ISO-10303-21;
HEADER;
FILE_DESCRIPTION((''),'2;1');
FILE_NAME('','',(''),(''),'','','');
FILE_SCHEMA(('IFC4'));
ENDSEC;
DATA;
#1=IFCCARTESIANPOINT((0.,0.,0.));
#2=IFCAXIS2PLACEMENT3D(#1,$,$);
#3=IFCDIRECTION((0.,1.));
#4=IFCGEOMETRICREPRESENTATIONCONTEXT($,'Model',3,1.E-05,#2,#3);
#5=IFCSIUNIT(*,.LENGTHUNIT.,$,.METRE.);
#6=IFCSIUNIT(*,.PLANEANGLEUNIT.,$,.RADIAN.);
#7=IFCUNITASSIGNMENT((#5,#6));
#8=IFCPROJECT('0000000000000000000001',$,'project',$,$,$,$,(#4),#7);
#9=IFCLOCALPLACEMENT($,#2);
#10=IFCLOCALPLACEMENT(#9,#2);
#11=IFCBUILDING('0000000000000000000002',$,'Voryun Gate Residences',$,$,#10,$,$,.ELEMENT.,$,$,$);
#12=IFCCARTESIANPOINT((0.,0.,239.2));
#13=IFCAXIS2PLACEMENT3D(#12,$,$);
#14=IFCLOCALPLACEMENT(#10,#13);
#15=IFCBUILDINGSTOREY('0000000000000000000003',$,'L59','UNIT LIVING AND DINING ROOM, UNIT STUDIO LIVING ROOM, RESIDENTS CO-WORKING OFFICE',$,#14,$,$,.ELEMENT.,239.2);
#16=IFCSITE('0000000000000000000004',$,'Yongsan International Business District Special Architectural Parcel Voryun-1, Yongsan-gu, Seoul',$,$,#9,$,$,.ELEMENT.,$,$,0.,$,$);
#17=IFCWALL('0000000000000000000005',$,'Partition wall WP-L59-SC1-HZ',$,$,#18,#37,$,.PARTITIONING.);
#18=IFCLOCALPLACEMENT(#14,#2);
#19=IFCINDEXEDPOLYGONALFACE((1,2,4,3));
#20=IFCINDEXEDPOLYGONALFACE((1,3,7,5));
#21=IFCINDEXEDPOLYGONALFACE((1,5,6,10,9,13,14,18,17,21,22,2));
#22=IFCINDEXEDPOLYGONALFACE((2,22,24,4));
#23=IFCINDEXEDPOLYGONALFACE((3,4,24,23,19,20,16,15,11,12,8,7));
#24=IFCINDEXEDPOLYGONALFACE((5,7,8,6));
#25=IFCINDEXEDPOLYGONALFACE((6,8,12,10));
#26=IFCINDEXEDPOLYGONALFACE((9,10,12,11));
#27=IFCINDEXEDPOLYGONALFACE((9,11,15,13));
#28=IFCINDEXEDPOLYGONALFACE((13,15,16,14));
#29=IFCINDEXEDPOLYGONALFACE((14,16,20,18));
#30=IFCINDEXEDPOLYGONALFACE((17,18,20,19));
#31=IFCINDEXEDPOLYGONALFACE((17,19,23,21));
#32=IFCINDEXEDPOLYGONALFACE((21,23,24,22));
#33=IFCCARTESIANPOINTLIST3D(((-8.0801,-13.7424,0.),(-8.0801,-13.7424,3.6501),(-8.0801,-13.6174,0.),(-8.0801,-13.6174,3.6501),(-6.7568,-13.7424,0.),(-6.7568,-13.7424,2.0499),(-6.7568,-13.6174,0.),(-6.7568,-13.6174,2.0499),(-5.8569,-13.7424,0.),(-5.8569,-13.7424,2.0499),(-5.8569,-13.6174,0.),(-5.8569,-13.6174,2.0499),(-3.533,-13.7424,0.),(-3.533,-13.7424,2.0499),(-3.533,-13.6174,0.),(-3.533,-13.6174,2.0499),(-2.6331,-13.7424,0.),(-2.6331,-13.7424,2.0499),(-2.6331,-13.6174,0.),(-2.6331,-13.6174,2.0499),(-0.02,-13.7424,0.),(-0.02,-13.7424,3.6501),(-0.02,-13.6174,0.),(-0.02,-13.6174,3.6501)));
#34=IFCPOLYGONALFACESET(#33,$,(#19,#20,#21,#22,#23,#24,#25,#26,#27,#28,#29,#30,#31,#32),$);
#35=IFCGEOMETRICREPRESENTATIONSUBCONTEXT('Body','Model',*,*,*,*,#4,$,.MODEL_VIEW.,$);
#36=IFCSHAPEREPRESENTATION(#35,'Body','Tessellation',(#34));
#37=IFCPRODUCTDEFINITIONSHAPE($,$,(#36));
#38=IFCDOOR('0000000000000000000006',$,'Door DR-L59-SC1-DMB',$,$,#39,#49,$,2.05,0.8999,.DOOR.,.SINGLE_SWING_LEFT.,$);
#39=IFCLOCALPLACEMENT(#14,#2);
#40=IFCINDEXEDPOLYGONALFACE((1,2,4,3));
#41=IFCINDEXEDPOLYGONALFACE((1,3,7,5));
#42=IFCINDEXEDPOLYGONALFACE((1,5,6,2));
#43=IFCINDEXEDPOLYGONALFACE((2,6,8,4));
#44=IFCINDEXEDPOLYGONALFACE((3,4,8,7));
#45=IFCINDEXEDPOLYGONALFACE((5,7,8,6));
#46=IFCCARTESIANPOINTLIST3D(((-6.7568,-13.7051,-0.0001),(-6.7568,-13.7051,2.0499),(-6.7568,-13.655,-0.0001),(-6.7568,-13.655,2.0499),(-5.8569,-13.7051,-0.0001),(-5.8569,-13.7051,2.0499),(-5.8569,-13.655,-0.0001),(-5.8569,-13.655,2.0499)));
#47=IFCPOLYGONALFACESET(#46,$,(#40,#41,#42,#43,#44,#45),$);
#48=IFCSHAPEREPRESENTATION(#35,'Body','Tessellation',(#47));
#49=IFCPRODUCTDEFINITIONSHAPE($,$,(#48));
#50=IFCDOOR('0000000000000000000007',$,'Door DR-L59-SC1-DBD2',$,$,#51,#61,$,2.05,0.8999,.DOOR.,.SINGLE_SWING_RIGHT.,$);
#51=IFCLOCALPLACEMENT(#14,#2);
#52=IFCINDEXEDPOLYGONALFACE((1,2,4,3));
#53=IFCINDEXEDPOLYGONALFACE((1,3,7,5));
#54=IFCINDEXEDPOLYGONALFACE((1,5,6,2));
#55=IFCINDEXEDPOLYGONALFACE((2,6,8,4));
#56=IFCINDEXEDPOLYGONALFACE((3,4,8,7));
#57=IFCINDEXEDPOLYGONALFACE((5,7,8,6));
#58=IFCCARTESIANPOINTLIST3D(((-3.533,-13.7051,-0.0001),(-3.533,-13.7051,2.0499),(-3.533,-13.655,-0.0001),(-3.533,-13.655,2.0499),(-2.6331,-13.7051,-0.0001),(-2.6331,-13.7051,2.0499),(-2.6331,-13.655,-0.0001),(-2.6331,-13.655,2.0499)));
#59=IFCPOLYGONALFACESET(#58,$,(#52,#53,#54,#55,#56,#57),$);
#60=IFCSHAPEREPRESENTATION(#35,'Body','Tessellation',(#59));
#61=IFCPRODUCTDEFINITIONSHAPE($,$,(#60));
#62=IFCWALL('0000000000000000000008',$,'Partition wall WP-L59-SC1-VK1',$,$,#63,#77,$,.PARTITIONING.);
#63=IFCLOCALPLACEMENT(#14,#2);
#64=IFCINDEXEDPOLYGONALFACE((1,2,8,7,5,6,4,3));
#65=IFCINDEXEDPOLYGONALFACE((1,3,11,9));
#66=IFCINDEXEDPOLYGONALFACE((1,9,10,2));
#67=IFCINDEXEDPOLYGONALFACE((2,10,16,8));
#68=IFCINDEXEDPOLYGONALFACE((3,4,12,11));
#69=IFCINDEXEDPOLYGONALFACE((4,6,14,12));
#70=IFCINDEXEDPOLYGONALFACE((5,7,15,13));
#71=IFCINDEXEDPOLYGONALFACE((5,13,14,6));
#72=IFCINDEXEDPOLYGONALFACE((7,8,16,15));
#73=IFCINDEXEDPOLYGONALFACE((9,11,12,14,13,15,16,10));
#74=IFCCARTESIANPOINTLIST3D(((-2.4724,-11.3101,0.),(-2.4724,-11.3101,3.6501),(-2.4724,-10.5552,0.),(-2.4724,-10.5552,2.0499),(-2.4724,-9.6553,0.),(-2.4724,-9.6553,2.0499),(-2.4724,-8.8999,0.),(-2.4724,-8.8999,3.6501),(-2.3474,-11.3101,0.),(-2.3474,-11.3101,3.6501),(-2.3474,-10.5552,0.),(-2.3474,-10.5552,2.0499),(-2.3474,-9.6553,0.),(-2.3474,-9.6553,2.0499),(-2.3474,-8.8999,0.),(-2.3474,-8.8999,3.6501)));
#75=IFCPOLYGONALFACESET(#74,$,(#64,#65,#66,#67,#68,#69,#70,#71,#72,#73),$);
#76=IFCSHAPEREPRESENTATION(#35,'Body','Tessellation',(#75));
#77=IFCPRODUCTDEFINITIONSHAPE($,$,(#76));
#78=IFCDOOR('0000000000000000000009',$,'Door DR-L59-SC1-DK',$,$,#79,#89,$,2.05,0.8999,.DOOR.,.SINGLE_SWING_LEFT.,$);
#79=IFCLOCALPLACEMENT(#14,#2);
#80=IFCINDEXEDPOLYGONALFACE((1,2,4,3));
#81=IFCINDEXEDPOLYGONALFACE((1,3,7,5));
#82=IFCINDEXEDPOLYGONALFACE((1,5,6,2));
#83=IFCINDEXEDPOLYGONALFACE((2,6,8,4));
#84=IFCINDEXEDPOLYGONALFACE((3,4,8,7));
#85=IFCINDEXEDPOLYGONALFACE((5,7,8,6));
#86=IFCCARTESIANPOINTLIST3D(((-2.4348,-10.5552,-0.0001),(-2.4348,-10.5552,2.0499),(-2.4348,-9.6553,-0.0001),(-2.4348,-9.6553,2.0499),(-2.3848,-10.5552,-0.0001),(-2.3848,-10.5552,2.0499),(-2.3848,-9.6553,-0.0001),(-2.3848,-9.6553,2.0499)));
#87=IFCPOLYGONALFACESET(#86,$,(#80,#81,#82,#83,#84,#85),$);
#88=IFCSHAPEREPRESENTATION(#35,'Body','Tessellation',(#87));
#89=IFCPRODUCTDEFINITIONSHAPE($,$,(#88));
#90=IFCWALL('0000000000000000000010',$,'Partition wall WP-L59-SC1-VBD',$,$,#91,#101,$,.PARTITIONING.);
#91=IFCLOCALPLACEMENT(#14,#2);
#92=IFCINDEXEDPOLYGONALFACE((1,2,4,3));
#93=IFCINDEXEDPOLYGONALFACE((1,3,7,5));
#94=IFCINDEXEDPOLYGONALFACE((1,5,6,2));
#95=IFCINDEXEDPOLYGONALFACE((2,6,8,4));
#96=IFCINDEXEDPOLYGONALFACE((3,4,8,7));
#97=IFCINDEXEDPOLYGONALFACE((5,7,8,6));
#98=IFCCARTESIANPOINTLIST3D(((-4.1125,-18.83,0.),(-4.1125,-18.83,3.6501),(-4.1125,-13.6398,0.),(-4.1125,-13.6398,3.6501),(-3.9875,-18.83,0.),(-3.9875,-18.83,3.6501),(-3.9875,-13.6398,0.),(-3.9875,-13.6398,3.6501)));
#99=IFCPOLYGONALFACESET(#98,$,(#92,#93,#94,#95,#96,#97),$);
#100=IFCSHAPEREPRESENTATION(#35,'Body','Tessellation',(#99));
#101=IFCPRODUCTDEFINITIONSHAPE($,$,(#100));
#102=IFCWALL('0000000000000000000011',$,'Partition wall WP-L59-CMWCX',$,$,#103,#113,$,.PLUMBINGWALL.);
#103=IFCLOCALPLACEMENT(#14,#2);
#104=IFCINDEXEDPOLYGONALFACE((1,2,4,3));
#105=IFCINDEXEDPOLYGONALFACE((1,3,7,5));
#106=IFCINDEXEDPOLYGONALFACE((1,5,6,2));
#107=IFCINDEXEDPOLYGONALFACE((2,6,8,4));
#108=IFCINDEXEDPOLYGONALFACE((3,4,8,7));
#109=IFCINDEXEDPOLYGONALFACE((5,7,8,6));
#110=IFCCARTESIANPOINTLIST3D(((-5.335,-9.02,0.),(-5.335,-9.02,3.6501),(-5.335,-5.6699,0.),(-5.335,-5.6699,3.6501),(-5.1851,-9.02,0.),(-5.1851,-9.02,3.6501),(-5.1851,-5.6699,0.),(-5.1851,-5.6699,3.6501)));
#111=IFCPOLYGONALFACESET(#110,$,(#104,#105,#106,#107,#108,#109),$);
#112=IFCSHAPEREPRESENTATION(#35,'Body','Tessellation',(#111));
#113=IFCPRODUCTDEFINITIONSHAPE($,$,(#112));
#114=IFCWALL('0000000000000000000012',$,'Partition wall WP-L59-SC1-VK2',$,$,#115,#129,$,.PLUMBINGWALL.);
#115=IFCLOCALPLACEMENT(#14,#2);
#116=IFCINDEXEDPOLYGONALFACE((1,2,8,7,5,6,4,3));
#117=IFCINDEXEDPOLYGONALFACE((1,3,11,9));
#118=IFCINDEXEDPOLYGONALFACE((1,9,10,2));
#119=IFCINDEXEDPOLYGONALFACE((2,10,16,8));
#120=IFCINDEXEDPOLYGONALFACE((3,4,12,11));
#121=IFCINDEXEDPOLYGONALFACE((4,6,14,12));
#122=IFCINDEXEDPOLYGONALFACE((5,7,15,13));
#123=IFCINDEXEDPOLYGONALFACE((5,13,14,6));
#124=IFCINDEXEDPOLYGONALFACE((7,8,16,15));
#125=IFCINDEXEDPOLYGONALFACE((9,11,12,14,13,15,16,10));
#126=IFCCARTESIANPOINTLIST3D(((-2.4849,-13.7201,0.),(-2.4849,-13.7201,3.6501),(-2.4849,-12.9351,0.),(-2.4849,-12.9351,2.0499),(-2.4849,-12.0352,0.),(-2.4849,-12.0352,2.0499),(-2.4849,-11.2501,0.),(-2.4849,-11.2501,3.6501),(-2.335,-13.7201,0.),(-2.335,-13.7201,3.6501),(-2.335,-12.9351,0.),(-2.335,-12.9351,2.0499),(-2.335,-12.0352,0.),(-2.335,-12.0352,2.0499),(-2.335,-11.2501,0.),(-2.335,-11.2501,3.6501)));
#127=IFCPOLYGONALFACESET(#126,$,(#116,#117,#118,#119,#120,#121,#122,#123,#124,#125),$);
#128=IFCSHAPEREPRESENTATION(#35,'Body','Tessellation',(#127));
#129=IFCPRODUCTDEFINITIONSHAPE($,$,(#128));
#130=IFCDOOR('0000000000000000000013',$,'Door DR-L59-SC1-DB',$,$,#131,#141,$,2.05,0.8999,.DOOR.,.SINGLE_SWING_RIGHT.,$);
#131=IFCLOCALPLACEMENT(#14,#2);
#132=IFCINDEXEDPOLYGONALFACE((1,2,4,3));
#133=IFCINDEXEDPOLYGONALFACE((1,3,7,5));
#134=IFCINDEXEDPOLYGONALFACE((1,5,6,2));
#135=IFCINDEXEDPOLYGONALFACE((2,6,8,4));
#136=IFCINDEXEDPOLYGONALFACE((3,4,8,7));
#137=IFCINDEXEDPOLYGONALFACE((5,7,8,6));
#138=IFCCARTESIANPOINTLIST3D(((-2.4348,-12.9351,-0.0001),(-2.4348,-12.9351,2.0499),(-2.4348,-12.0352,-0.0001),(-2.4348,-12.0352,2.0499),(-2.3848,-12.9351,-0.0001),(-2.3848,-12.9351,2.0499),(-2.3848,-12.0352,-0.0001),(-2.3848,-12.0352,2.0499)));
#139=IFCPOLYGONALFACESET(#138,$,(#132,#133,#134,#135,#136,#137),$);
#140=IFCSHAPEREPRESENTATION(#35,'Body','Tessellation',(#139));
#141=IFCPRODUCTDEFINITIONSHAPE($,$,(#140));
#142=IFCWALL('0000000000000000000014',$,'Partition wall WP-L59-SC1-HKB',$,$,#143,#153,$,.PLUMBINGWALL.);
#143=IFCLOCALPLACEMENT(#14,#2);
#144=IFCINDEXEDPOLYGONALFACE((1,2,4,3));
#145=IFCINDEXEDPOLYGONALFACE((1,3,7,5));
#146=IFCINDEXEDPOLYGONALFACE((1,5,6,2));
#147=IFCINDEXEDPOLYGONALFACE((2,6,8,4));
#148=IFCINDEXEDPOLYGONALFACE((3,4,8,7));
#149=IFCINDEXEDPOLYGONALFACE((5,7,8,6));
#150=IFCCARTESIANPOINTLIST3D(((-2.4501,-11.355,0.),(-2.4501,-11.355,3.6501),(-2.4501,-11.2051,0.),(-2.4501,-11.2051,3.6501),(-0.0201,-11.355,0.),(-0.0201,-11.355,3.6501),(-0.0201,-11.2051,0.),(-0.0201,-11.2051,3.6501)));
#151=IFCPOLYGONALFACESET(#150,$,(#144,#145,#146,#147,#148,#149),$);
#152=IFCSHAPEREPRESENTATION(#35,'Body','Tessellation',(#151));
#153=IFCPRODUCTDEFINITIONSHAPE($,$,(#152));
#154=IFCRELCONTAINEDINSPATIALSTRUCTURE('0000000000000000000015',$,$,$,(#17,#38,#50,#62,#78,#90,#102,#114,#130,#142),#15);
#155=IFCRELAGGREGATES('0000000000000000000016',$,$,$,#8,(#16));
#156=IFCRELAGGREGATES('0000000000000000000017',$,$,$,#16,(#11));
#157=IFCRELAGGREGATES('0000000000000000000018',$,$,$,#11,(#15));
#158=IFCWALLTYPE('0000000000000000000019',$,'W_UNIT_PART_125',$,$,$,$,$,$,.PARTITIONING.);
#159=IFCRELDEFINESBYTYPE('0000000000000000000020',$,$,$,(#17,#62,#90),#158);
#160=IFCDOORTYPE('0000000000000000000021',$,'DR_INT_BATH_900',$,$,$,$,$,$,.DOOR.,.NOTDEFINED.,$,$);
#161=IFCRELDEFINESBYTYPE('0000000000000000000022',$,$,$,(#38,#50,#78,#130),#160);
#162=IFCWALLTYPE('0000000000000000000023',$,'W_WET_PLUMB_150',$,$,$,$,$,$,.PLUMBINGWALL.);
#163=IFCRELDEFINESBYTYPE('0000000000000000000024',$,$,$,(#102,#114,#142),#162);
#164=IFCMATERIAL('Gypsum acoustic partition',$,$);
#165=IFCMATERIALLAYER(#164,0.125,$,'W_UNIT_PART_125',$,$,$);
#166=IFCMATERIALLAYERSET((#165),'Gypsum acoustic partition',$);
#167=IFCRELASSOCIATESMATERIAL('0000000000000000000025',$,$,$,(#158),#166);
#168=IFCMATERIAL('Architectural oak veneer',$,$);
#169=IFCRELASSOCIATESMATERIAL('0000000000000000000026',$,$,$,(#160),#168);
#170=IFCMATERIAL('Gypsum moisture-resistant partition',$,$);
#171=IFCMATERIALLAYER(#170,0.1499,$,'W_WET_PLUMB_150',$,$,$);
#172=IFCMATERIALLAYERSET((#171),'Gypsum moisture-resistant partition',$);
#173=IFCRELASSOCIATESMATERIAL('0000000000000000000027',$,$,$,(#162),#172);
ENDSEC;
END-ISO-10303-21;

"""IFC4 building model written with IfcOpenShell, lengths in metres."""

from ifc_helpers import new_model, si_unit, direction, frame, frame_2d, origin, place, context, subcontext, project, spatial, rectangle, extrude, material, layer, layer_set, type_object, element, fill, save


model = new_model("IFC4")

# Units and contexts
model_context = context("Model", 3, precision=1e-05, world=origin(), true_north=direction((0.0, 1.0)))
body_context = subcontext(model_context, "Body", "Model", "MODEL_VIEW")
ifc_project = project(units=[si_unit("LENGTHUNIT", "METRE"), si_unit("PLANEANGLEUNIT", "RADIAN")], contexts=[model_context])

# Site, building, storey
site_placement = place(None, origin())
site = spatial("IfcSite", under=ifc_project, at=site_placement, Name="Yongsan International Business District Special Architectural Parcel Voryun-1, Yongsan-gu, Seoul", CompositionType="ELEMENT", RefElevation=0.0)
building_placement = place(site_placement, origin())
building = spatial("IfcBuilding", under=site, at=building_placement, Name="Voryun Gate Residences", CompositionType="ELEMENT")
storey_placement = place(building_placement, frame((0.0, 0.0, 239.2)))
storey = spatial("IfcBuildingStorey", under=building, at=storey_placement, Name="L59", Description="UNIT LIVING AND DINING ROOM, UNIT STUDIO LIVING ROOM, RESIDENTS CO-WORKING OFFICE", CompositionType="ELEMENT", Elevation=239.2)

# Shared definitions
ifc_material_1 = material(Name="Gypsum acoustic partition")
ifc_layer_1 = layer(ifc_material_1, 0.125, Name="W_UNIT_PART_125")
ifc_layer_set_1 = layer_set([ifc_layer_1], Name="Gypsum acoustic partition")
wall_type_1 = type_object("IfcWallType", Name="W_UNIT_PART_125", PredefinedType="PARTITIONING", material=ifc_layer_set_1)

# Wall, openings, doors
wall_1_placement = place(storey_placement, frame((-8.0801, -13.6799, 0.0), z_axis=(0.0, 0.0, 1.0), x_axis=(1.0, 0.0, 0.0)))
wall_1 = element("IfcWall", 1, at=wall_1_placement, inside=storey, type_object=wall_type_1, Name="Partition wall WP-L59-SC1-HZ", PredefinedType="PARTITIONING", context=body_context, shape_type="SweptSolid", body=[
    extrude(rectangle(XDim=8.0601, YDim=0.125, at=frame_2d((4.03, 0.0))), origin(), (0.0, 0.0, 1.0), 3.6501),
])
opening_1_placement = place(wall_1_placement, frame((1.3232, 0.0, 0.0)))
opening_1 = element("IfcOpeningElement", 2, at=opening_1_placement, cuts=wall_1, PredefinedType="OPENING", context=body_context, shape_type="SweptSolid", body=[
    extrude(rectangle(XDim=0.8999, YDim=2.05, at=frame_2d((0.45, 1.0249))), frame((0.0, 0.0725, 0.0), z_axis=(0.0, -1.0, 0.0), x_axis=(1.0, 0.0, 0.0)), (0.0, 0.0, 1.0), 0.145),
])
opening_2_placement = place(wall_1_placement, frame((4.5471, 0.0, 0.0)))
opening_2 = element("IfcOpeningElement", 3, at=opening_2_placement, cuts=wall_1, PredefinedType="OPENING", context=body_context, shape_type="SweptSolid", body=[
    extrude(rectangle(XDim=0.8999, YDim=2.05, at=frame_2d((0.45, 1.0249))), frame((0.0, 0.0725, 0.0), z_axis=(0.0, -1.0, 0.0), x_axis=(1.0, 0.0, 0.0)), (0.0, 0.0, 1.0), 0.145),
])
ifc_material_2 = material(Name="Architectural oak veneer")
door_type_1 = type_object("IfcDoorType", Name="DR_INT_BATH_900", OperationType="NOTDEFINED", PredefinedType="DOOR", material=ifc_material_2)
door_1_placement = place(opening_1_placement, origin())
door_1 = element("IfcDoor", 4, at=door_1_placement, inside=storey, type_object=door_type_1, Name="Door DR-L59-SC1-DMB", OperationType="SINGLE_SWING_LEFT", OverallHeight=2.05, OverallWidth=0.8999, PredefinedType="DOOR", context=body_context, shape_type="SweptSolid", body=[
    extrude(rectangle(XDim=0.8999, YDim=2.05, at=frame_2d((0.45, 1.0249))), frame((0.0, 0.0249, 0.0), z_axis=(0.0, -1.0, 0.0), x_axis=(1.0, 0.0, 0.0)), (0.0, 0.0, 1.0), 0.05),
])
fill(opening_1, door_1)
door_2_placement = place(opening_2_placement, origin())
door_2 = element("IfcDoor", 5, at=door_2_placement, inside=storey, type_object=door_type_1, Name="Door DR-L59-SC1-DBD2", OperationType="SINGLE_SWING_RIGHT", OverallHeight=2.05, OverallWidth=0.8999, PredefinedType="DOOR", context=body_context, shape_type="SweptSolid", body=[
    extrude(rectangle(XDim=0.8999, YDim=2.05, at=frame_2d((0.45, 1.0249))), frame((0.0, 0.0249, 0.0), z_axis=(0.0, -1.0, 0.0), x_axis=(1.0, 0.0, 0.0)), (0.0, 0.0, 1.0), 0.05),
])
fill(opening_2, door_2)

# Wall, opening, door
wall_2_placement = place(storey_placement, frame((-2.4099, -11.3101, 0.0), z_axis=(0.0, 0.0, 1.0), x_axis=(0.0, 1.0, 0.0)))
wall_2 = element("IfcWall", 6, at=wall_2_placement, inside=storey, type_object=wall_type_1, Name="Partition wall WP-L59-SC1-VK1", PredefinedType="PARTITIONING", context=body_context, shape_type="SweptSolid", body=[
    extrude(rectangle(XDim=2.4102, YDim=0.125, at=frame_2d((1.2051, 0.0))), origin(), (0.0, 0.0, 1.0), 3.6501),
])
opening_3_placement = place(wall_2_placement, frame((0.7549, 0.0, 0.0)))
opening_3 = element("IfcOpeningElement", 7, at=opening_3_placement, cuts=wall_2, PredefinedType="OPENING", context=body_context, shape_type="SweptSolid", body=[
    extrude(rectangle(XDim=0.8999, YDim=2.05, at=frame_2d((0.45, 1.0249))), frame((0.0, 0.0725, 0.0), z_axis=(0.0, -1.0, 0.0), x_axis=(1.0, 0.0, 0.0)), (0.0, 0.0, 1.0), 0.145),
])
door_3_placement = place(opening_3_placement, origin())
door_3 = element("IfcDoor", 8, at=door_3_placement, inside=storey, type_object=door_type_1, Name="Door DR-L59-SC1-DK", OperationType="SINGLE_SWING_LEFT", OverallHeight=2.05, OverallWidth=0.8999, PredefinedType="DOOR", context=body_context, shape_type="SweptSolid", body=[
    extrude(rectangle(XDim=0.8999, YDim=2.05, at=frame_2d((0.45, 1.0249))), frame((0.0, 0.0249, 0.0), z_axis=(0.0, -1.0, 0.0), x_axis=(1.0, 0.0, 0.0)), (0.0, 0.0, 1.0), 0.05),
])
fill(opening_3, door_3)

# Walls
wall_3_placement = place(storey_placement, frame((-4.05, -18.8301, 0.0), z_axis=(0.0, 0.0, 1.0), x_axis=(0.0, 1.0, 0.0)))
element("IfcWall", 9, at=wall_3_placement, inside=storey, type_object=wall_type_1, Name="Partition wall WP-L59-SC1-VBD", PredefinedType="PARTITIONING", context=body_context, shape_type="SweptSolid", body=[
    extrude(rectangle(XDim=5.1902, YDim=0.125, at=frame_2d((2.5952, 0.0))), origin(), (0.0, 0.0, 1.0), 3.6501),
])
ifc_material_3 = material(Name="Gypsum moisture-resistant partition")
ifc_layer_2 = layer(ifc_material_3, 0.1499, Name="W_WET_PLUMB_150")
ifc_layer_set_2 = layer_set([ifc_layer_2], Name="Gypsum moisture-resistant partition")
wall_type_2 = type_object("IfcWallType", Name="W_WET_PLUMB_150", PredefinedType="PLUMBINGWALL", material=ifc_layer_set_2)
wall_4_placement = place(storey_placement, frame((-5.26, -9.02, 0.0), z_axis=(0.0, 0.0, 1.0), x_axis=(0.0, 1.0, 0.0)))
element("IfcWall", 10, at=wall_4_placement, inside=storey, type_object=wall_type_2, Name="Partition wall WP-L59-CMWCX", PredefinedType="PLUMBINGWALL", context=body_context, shape_type="SweptSolid", body=[
    extrude(rectangle(XDim=3.3501, YDim=0.1499, at=frame_2d((1.675, 0.0))), origin(), (0.0, 0.0, 1.0), 3.6501),
])

# Wall, opening, door
wall_5_placement = place(storey_placement, frame((-2.4099, -13.72, 0.0), z_axis=(0.0, 0.0, 1.0), x_axis=(0.0, 1.0, 0.0)))
wall_5 = element("IfcWall", 11, at=wall_5_placement, inside=storey, type_object=wall_type_2, Name="Partition wall WP-L59-SC1-VK2", PredefinedType="PLUMBINGWALL", context=body_context, shape_type="SweptSolid", body=[
    extrude(rectangle(XDim=2.47, YDim=0.1499, at=frame_2d((1.2349, 0.0))), origin(), (0.0, 0.0, 1.0), 3.6501),
])
opening_4_placement = place(wall_5_placement, frame((0.7849, 0.0, 0.0)))
opening_4 = element("IfcOpeningElement", 12, at=opening_4_placement, cuts=wall_5, PredefinedType="OPENING", context=body_context, shape_type="SweptSolid", body=[
    extrude(rectangle(XDim=0.8999, YDim=2.05, at=frame_2d((0.45, 1.0249))), frame((0.0, 0.085, 0.0), z_axis=(0.0, -1.0, 0.0), x_axis=(1.0, 0.0, 0.0)), (0.0, 0.0, 1.0), 0.1699),
])
door_4_placement = place(opening_4_placement, origin())
door_4 = element("IfcDoor", 13, at=door_4_placement, inside=storey, type_object=door_type_1, Name="Door DR-L59-SC1-DB", OperationType="SINGLE_SWING_RIGHT", OverallHeight=2.05, OverallWidth=0.8999, PredefinedType="DOOR", context=body_context, shape_type="SweptSolid", body=[
    extrude(rectangle(XDim=0.8999, YDim=2.05, at=frame_2d((0.45, 1.0249))), frame((0.0, 0.0249, 0.0), z_axis=(0.0, -1.0, 0.0), x_axis=(1.0, 0.0, 0.0)), (0.0, 0.0, 1.0), 0.05),
])
fill(opening_4, door_4)

# Wall
wall_6_placement = place(storey_placement, frame((-2.45, -11.28, 0.0), z_axis=(0.0, 0.0, 1.0), x_axis=(1.0, 0.0, 0.0)))
element("IfcWall", 14, at=wall_6_placement, inside=storey, type_object=wall_type_2, Name="Partition wall WP-L59-SC1-HKB", PredefinedType="PLUMBINGWALL", context=body_context, shape_type="SweptSolid", body=[
    extrude(rectangle(XDim=2.4299, YDim=0.1499, at=frame_2d((1.2148, 0.0))), origin(), (0.0, 0.0, 1.0), 3.6501),
])

save(model, "model.ifc")
